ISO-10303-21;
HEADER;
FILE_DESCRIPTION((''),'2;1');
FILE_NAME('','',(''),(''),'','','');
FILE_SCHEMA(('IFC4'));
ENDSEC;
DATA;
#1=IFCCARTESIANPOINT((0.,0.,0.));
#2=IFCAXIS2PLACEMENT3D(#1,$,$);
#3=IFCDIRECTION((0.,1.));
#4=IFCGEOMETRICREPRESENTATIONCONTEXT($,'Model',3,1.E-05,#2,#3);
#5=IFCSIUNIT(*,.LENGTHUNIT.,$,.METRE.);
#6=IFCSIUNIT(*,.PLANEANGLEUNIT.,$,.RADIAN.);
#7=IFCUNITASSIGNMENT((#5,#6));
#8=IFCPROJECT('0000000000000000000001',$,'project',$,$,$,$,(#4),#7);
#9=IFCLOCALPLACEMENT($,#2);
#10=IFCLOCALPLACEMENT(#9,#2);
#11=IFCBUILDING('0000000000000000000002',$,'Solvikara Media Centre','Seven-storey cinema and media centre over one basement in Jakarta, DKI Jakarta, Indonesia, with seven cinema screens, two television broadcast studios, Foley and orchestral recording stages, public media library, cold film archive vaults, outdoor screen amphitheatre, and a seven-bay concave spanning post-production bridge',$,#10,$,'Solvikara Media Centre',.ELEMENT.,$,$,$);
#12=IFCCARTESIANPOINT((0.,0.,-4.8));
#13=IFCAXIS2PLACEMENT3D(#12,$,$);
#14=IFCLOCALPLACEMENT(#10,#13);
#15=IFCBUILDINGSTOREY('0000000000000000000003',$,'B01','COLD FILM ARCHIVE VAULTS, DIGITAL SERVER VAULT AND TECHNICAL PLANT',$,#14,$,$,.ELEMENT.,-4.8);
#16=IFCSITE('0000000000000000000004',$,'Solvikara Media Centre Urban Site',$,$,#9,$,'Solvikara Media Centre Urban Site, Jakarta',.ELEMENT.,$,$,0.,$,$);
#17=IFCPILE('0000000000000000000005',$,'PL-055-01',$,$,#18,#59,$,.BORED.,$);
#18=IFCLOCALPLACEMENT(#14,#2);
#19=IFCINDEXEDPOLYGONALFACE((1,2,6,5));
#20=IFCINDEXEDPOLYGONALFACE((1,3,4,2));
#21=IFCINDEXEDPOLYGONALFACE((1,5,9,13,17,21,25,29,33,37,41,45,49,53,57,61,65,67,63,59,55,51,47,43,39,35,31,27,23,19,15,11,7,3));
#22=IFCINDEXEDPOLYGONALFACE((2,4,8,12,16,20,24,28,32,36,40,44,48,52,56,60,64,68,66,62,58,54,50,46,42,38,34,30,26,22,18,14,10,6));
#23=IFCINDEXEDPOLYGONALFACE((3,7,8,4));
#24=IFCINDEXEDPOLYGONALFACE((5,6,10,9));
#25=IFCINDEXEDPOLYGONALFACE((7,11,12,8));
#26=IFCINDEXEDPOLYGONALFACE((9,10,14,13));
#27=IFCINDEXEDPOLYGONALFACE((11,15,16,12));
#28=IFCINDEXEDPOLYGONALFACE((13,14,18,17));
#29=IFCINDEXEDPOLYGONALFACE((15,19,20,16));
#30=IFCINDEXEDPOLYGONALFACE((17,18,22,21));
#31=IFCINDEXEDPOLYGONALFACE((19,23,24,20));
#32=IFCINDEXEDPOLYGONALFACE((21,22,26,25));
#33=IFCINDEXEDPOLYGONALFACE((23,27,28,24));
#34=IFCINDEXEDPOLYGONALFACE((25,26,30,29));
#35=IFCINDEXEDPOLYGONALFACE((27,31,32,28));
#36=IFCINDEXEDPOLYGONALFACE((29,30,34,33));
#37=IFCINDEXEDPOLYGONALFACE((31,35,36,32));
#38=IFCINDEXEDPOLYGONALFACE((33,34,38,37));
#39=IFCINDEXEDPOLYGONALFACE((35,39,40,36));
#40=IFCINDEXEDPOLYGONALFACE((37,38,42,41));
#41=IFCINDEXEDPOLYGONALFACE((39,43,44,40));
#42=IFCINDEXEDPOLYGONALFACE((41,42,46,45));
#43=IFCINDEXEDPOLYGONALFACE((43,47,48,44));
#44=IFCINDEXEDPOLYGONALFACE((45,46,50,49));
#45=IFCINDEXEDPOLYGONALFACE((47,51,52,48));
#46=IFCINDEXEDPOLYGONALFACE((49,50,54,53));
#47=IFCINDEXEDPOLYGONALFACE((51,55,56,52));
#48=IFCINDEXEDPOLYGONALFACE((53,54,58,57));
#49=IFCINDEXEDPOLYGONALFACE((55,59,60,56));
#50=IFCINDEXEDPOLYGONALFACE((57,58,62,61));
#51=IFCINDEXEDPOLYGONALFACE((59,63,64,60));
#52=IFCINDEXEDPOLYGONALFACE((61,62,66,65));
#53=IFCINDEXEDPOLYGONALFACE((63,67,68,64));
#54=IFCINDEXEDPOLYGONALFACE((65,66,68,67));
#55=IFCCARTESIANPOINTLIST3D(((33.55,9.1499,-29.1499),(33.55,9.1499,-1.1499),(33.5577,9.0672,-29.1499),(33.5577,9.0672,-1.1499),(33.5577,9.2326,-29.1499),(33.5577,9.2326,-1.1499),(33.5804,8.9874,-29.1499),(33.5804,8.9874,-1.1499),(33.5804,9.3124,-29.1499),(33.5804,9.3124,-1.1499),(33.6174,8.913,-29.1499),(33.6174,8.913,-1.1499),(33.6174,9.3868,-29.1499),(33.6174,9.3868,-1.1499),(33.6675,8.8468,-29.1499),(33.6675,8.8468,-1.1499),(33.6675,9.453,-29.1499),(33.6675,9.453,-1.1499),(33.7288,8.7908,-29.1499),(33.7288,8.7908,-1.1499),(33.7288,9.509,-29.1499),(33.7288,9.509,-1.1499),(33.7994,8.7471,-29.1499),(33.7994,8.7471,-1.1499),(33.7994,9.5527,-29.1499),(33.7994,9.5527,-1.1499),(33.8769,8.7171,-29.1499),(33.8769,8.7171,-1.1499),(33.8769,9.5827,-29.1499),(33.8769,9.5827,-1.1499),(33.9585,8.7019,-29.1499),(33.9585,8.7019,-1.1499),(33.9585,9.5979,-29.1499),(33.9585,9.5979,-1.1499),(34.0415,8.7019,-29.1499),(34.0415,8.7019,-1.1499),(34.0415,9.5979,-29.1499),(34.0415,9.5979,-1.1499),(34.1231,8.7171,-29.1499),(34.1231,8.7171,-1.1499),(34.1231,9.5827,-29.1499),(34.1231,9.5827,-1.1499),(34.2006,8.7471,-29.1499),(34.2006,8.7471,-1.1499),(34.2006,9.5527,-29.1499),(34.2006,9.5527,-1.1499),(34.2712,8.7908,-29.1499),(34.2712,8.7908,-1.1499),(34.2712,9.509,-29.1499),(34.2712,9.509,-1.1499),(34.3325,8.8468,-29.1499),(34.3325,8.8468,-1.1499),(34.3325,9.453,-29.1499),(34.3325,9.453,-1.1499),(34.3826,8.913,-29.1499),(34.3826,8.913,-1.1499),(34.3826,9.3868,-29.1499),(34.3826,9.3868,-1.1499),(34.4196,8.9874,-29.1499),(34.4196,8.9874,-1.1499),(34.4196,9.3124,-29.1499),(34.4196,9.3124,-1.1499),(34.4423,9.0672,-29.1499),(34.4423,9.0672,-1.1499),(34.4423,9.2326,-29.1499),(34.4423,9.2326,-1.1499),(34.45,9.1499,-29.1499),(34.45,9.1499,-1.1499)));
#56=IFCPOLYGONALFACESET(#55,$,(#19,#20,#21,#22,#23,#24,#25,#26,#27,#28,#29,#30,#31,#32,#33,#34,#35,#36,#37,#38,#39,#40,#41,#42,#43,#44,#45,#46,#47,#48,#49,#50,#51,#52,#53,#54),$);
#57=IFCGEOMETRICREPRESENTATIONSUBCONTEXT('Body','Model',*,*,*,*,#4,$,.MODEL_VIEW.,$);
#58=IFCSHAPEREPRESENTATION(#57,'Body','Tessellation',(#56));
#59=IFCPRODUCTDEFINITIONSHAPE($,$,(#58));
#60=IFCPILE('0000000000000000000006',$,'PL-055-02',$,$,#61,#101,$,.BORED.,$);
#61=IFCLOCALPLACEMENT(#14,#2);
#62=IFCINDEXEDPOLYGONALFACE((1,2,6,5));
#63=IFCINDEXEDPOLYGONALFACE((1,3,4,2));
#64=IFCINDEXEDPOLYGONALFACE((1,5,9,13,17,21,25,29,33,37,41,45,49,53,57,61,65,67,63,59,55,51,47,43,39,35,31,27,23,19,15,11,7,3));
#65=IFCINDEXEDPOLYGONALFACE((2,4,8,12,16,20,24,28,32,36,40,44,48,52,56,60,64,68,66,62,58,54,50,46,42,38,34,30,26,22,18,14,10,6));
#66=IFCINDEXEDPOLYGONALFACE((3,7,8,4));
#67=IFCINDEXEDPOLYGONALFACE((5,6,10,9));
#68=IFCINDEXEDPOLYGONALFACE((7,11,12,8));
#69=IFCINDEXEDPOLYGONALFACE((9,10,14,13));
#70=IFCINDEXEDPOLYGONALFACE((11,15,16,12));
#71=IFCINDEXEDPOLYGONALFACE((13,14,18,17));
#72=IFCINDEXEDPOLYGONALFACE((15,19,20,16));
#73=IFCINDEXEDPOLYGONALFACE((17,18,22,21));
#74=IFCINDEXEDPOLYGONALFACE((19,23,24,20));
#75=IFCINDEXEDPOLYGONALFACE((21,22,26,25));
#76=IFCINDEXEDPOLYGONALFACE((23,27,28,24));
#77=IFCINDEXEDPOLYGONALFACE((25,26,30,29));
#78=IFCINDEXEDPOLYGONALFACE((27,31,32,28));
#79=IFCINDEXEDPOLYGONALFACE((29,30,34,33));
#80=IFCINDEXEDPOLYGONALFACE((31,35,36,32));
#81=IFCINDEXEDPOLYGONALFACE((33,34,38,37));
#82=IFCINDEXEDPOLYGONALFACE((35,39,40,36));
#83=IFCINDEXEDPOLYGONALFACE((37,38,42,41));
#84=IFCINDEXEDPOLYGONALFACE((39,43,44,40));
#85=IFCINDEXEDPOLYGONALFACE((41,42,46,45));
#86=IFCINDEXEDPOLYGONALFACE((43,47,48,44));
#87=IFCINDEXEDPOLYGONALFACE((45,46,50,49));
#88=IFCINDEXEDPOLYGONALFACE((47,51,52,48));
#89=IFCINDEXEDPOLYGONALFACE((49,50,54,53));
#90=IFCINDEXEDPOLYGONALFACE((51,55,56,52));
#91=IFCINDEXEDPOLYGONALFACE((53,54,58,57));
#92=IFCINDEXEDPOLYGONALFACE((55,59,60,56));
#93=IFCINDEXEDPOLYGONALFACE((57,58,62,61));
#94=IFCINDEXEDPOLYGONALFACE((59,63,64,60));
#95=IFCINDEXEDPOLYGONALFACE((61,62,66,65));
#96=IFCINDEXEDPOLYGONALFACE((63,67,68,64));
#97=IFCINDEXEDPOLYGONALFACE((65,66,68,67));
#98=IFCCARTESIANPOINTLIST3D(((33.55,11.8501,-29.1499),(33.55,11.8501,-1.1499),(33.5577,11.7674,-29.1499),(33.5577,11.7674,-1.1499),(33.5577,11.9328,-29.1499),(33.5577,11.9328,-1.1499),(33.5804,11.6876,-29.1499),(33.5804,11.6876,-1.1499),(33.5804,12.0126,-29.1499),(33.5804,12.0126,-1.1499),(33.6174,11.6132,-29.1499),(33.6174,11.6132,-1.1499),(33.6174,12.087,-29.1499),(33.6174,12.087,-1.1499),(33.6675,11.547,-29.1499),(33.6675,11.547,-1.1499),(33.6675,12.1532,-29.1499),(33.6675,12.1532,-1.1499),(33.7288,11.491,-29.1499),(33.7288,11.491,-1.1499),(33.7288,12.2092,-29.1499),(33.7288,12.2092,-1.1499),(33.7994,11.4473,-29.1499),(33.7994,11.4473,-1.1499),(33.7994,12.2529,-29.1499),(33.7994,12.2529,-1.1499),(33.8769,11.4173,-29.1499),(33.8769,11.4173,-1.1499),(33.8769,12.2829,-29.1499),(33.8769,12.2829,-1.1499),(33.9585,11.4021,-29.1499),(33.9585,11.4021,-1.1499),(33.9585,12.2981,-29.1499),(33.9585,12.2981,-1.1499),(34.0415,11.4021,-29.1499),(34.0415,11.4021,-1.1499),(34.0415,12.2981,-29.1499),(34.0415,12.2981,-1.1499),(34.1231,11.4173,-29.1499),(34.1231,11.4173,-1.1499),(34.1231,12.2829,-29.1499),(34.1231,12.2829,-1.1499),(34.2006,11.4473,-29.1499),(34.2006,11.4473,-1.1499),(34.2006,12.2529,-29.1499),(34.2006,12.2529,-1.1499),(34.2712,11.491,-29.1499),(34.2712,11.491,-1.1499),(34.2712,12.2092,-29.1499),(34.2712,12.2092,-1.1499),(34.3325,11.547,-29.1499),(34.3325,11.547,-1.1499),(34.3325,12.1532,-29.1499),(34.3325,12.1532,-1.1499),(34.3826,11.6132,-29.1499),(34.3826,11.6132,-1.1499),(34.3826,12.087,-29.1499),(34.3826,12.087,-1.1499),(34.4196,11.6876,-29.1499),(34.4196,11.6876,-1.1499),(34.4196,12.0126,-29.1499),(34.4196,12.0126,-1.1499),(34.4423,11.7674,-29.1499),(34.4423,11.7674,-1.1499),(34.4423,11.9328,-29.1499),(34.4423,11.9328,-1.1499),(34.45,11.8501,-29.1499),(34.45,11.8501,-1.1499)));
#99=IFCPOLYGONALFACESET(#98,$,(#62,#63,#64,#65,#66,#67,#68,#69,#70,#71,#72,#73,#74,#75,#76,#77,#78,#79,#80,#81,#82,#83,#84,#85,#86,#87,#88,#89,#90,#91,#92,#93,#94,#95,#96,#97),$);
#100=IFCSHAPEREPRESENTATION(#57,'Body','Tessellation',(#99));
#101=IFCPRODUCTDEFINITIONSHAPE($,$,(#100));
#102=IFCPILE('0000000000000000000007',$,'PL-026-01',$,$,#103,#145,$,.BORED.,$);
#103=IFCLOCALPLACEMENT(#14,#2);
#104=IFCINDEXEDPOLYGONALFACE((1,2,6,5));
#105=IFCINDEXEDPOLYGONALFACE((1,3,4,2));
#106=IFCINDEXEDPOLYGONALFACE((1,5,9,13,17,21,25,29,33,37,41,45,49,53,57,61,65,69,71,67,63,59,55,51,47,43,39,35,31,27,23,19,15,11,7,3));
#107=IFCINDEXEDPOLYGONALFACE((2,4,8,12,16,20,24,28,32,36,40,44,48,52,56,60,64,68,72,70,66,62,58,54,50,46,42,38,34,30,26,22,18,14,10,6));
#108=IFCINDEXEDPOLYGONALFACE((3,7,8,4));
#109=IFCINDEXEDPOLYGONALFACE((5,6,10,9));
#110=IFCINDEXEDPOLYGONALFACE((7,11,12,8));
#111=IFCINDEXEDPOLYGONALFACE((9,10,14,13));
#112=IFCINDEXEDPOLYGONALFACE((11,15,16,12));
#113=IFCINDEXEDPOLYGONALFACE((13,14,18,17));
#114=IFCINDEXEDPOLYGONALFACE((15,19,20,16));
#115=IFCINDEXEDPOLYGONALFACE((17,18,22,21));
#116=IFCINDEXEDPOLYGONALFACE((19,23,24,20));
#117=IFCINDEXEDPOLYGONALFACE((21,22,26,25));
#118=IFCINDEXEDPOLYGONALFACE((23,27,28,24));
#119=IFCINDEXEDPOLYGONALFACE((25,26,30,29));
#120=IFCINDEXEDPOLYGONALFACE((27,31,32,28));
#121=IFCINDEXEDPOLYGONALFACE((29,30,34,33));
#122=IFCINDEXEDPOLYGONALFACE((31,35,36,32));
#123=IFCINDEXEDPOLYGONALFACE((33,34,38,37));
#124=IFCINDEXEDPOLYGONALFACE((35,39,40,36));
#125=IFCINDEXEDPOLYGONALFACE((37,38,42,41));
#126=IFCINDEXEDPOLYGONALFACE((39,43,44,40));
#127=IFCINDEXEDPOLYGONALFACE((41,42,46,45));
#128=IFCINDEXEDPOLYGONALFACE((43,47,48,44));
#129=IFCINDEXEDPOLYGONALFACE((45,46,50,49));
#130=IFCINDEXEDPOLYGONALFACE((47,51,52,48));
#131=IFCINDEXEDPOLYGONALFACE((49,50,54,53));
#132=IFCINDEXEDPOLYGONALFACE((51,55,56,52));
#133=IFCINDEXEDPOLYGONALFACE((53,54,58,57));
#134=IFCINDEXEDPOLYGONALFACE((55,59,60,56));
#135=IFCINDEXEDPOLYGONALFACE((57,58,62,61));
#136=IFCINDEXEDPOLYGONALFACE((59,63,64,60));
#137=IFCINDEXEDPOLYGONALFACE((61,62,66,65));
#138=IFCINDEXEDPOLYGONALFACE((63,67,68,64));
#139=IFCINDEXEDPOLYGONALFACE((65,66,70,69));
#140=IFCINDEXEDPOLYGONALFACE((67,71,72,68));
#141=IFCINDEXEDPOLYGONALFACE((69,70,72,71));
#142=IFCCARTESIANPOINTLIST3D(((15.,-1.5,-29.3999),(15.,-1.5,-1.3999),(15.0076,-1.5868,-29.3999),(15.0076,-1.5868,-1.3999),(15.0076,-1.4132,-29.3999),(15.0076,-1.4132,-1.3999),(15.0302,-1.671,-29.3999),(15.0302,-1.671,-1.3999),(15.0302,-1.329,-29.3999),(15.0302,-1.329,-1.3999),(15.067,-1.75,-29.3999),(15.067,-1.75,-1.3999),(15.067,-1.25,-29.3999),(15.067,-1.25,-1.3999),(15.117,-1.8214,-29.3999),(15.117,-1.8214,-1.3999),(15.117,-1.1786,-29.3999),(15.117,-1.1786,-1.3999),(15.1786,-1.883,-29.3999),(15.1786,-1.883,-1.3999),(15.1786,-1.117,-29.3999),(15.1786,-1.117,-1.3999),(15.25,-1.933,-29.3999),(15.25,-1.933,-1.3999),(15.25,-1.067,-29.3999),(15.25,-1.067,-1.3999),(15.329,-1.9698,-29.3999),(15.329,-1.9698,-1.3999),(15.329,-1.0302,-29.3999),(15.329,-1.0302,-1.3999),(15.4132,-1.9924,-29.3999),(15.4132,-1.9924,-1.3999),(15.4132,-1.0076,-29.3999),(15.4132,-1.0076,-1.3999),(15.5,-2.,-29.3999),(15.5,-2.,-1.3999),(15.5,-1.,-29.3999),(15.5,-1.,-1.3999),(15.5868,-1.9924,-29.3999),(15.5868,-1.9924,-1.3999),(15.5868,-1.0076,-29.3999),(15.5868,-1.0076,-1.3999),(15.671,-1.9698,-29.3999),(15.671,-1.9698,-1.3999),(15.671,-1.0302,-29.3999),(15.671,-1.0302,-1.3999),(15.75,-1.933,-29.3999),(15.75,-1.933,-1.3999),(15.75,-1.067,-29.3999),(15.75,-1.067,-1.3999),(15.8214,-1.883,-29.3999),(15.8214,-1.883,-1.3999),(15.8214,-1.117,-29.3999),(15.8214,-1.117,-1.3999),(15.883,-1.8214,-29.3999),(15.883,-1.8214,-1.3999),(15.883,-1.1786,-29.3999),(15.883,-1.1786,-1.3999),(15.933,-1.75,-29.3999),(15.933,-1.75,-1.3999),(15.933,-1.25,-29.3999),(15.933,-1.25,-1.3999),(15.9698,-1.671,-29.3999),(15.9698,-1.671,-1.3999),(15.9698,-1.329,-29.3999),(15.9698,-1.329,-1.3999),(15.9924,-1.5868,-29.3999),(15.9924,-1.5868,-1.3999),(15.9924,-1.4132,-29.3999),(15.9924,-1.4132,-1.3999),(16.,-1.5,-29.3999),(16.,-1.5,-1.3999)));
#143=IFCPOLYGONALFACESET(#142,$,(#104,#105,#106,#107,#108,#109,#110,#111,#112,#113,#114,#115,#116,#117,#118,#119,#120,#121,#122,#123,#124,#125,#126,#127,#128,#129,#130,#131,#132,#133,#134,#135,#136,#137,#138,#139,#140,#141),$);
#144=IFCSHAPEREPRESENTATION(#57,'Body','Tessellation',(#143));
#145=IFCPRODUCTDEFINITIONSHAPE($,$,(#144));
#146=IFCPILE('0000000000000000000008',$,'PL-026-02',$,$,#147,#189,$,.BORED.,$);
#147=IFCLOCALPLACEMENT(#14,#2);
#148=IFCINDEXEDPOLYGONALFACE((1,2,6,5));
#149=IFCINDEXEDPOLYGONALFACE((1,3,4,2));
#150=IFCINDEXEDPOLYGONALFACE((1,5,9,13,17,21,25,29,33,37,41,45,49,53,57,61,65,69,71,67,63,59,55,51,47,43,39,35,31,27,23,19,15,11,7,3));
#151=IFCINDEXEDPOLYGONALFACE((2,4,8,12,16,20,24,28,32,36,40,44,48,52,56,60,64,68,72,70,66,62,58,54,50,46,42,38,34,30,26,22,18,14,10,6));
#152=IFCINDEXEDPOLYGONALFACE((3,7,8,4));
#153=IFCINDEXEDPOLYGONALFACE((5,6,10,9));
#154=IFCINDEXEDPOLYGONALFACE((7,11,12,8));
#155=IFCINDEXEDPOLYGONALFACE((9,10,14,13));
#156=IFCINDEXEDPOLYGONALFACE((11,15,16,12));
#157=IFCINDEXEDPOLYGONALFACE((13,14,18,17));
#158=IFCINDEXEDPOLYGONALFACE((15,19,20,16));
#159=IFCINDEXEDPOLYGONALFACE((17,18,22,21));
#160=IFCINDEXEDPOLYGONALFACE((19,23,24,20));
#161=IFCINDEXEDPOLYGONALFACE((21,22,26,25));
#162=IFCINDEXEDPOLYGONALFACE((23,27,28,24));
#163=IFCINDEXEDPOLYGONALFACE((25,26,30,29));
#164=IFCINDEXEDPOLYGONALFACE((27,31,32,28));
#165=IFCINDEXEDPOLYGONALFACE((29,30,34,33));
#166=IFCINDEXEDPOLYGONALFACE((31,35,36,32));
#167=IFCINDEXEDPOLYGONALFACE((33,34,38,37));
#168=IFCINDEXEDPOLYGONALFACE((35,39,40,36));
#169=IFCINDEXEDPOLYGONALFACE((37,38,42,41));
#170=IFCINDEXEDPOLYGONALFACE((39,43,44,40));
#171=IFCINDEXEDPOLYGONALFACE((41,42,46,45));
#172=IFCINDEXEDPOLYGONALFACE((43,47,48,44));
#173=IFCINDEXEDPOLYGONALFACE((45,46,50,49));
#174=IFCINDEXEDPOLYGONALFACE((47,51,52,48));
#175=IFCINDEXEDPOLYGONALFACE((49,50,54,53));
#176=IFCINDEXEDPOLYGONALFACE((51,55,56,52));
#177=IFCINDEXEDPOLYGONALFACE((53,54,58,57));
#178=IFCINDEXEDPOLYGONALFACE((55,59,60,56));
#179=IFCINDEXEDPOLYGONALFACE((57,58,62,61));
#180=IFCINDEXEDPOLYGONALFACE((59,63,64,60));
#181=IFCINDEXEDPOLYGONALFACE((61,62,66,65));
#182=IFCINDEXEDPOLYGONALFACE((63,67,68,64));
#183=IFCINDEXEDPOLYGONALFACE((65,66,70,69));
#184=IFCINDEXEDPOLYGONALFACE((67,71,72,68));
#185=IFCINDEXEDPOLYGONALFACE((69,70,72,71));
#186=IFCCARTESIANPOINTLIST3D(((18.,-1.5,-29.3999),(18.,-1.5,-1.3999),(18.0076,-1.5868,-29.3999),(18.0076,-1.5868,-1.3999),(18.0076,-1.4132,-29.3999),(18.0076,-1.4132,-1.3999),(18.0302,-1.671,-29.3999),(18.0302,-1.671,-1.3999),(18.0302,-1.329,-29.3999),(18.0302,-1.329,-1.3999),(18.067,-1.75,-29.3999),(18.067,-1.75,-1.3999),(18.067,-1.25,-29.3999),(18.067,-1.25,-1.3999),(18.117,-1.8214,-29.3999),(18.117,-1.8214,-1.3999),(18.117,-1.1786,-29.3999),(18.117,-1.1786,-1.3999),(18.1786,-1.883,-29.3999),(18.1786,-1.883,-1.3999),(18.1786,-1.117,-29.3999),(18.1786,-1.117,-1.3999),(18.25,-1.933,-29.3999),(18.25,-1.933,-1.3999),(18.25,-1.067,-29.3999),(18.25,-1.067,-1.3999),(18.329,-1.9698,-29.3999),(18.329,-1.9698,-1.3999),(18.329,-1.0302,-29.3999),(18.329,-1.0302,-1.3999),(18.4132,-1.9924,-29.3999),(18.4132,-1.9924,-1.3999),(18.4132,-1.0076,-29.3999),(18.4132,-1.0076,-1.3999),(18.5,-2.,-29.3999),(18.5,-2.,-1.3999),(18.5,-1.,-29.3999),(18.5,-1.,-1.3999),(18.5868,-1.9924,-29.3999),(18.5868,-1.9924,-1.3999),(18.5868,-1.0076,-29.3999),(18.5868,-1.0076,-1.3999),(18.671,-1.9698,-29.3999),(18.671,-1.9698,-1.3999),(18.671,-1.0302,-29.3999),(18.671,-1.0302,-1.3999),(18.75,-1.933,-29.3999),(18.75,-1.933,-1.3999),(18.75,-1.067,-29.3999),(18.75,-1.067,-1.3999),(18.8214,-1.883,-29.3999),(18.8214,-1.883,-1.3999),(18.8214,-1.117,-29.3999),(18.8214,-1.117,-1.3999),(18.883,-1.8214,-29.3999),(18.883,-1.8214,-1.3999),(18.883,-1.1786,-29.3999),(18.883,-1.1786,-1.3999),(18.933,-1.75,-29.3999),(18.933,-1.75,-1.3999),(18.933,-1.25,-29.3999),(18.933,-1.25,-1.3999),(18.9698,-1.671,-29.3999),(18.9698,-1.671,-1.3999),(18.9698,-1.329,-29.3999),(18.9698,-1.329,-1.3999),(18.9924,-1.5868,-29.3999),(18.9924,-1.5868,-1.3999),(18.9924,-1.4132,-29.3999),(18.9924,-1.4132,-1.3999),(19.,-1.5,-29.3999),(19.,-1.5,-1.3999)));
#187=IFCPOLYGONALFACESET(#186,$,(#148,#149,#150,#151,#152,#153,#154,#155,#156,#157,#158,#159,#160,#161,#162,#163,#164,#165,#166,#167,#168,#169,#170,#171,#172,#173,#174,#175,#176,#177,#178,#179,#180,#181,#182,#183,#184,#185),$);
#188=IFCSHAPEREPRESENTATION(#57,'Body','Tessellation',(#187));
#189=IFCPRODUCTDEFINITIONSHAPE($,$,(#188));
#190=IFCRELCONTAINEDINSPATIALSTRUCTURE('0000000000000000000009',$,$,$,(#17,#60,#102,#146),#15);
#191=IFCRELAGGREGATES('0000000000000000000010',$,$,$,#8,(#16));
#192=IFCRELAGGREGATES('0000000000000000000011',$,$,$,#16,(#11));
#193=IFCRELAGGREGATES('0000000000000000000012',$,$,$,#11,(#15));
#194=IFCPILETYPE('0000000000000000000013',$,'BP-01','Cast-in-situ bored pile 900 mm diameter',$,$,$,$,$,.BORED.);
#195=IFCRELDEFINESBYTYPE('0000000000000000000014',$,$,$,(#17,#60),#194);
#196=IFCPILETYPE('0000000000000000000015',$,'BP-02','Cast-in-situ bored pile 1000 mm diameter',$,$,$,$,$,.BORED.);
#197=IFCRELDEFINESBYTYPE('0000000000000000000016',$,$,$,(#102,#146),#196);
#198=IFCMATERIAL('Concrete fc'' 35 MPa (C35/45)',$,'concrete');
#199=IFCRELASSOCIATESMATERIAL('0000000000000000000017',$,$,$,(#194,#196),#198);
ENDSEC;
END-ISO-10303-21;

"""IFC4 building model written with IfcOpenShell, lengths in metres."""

from ifc_helpers import new_model, si_unit, direction, frame, origin, origin_2d, place, context, subcontext, project, spatial, circle, extrude, material, material_profile, profile_set, type_object, element, save


model = new_model("IFC4")

# Units and contexts
model_context = context("Model", 3, precision=1e-05, world=origin(), true_north=direction((0.0, 1.0)))
body_context = subcontext(model_context, "Body", "Model", "MODEL_VIEW")
ifc_project = project(units=[si_unit("LENGTHUNIT", "METRE"), si_unit("PLANEANGLEUNIT", "RADIAN")], contexts=[model_context])

# Site, building, storey
site_placement = place(None, origin())
site = spatial("IfcSite", under=ifc_project, at=site_placement, Name="Solvikara Media Centre Urban Site", LongName="Solvikara Media Centre Urban Site, Jakarta", CompositionType="ELEMENT", RefElevation=0.0)
building_placement = place(site_placement, origin())
building = spatial("IfcBuilding", under=site, at=building_placement, Name="Solvikara Media Centre", Description="Seven-storey cinema and media centre over one basement in Jakarta, DKI Jakarta, Indonesia, with seven cinema screens, two television broadcast studios, Foley and orchestral recording stages, public media library, cold film archive vaults, outdoor screen amphitheatre, and a seven-bay concave spanning post-production bridge", LongName="Solvikara Media Centre", CompositionType="ELEMENT")
storey_placement = place(building_placement, frame((0.0, 0.0, -4.8)))
storey = spatial("IfcBuildingStorey", under=building, at=storey_placement, Name="B01", Description="COLD FILM ARCHIVE VAULTS, DIGITAL SERVER VAULT AND TECHNICAL PLANT", CompositionType="ELEMENT", Elevation=-4.8)

# Piles
ifc_material_1 = material(Name="Concrete fc' 35 MPa (C35/45)", Category="concrete")
ifc_material_profile_1 = material_profile(ifc_material_1, circle(Radius=0.45, at=origin_2d()), Name="BORED PILE D900")
ifc_profile_set_1 = profile_set([ifc_material_profile_1], Name="Concrete fc' 35 MPa (C35/45)")
pile_type_1 = type_object("IfcPileType", Name="BP-01", Description="Cast-in-situ bored pile 900 mm diameter", PredefinedType="BORED", material=ifc_profile_set_1)
for number, where, z_axis, x_axis, name in (
    (1, (34.0, 9.1499, -1.1499), (0.0, 0.0, -1.0), (1.0, 0.0, 0.0), "PL-055-01"),
    (2, (34.0, 11.8501, -1.1499), (0.0, 0.0, -1.0), (1.0, 0.0, 0.0), "PL-055-02"),
):
    element("IfcPile", number, at=place(storey_placement, frame(where, z_axis=z_axis, x_axis=x_axis)), inside=storey, type_object=pile_type_1, Name=name, PredefinedType="BORED", context=body_context, shape_type="SweptSolid", body=[
        extrude(circle(Radius=0.45, at=origin_2d()), origin(), (0.0, 0.0, 1.0), 28.0),
    ])
ifc_material_profile_2 = material_profile(ifc_material_1, circle(Radius=0.5, at=origin_2d()), Name="BORED PILE D1000")
ifc_profile_set_2 = profile_set([ifc_material_profile_2], Name="Concrete fc' 35 MPa (C35/45)")
pile_type_2 = type_object("IfcPileType", Name="BP-02", Description="Cast-in-situ bored pile 1000 mm diameter", PredefinedType="BORED", material=ifc_profile_set_2)
for number, where, z_axis, x_axis, name in (
    (3, (15.5, -1.5, -1.3999), (0.0, 0.0, -1.0), (1.0, 0.0, 0.0), "PL-026-01"),
    (4, (18.5, -1.5, -1.3999), (0.0, 0.0, -1.0), (1.0, 0.0, 0.0), "PL-026-02"),
):
    element("IfcPile", number, at=place(storey_placement, frame(where, z_axis=z_axis, x_axis=x_axis)), inside=storey, type_object=pile_type_2, Name=name, PredefinedType="BORED", context=body_context, shape_type="SweptSolid", body=[
        extrude(circle(Radius=0.5, at=origin_2d()), origin(), (0.0, 0.0, 1.0), 28.0),
    ])

save(model, "model.ifc")
